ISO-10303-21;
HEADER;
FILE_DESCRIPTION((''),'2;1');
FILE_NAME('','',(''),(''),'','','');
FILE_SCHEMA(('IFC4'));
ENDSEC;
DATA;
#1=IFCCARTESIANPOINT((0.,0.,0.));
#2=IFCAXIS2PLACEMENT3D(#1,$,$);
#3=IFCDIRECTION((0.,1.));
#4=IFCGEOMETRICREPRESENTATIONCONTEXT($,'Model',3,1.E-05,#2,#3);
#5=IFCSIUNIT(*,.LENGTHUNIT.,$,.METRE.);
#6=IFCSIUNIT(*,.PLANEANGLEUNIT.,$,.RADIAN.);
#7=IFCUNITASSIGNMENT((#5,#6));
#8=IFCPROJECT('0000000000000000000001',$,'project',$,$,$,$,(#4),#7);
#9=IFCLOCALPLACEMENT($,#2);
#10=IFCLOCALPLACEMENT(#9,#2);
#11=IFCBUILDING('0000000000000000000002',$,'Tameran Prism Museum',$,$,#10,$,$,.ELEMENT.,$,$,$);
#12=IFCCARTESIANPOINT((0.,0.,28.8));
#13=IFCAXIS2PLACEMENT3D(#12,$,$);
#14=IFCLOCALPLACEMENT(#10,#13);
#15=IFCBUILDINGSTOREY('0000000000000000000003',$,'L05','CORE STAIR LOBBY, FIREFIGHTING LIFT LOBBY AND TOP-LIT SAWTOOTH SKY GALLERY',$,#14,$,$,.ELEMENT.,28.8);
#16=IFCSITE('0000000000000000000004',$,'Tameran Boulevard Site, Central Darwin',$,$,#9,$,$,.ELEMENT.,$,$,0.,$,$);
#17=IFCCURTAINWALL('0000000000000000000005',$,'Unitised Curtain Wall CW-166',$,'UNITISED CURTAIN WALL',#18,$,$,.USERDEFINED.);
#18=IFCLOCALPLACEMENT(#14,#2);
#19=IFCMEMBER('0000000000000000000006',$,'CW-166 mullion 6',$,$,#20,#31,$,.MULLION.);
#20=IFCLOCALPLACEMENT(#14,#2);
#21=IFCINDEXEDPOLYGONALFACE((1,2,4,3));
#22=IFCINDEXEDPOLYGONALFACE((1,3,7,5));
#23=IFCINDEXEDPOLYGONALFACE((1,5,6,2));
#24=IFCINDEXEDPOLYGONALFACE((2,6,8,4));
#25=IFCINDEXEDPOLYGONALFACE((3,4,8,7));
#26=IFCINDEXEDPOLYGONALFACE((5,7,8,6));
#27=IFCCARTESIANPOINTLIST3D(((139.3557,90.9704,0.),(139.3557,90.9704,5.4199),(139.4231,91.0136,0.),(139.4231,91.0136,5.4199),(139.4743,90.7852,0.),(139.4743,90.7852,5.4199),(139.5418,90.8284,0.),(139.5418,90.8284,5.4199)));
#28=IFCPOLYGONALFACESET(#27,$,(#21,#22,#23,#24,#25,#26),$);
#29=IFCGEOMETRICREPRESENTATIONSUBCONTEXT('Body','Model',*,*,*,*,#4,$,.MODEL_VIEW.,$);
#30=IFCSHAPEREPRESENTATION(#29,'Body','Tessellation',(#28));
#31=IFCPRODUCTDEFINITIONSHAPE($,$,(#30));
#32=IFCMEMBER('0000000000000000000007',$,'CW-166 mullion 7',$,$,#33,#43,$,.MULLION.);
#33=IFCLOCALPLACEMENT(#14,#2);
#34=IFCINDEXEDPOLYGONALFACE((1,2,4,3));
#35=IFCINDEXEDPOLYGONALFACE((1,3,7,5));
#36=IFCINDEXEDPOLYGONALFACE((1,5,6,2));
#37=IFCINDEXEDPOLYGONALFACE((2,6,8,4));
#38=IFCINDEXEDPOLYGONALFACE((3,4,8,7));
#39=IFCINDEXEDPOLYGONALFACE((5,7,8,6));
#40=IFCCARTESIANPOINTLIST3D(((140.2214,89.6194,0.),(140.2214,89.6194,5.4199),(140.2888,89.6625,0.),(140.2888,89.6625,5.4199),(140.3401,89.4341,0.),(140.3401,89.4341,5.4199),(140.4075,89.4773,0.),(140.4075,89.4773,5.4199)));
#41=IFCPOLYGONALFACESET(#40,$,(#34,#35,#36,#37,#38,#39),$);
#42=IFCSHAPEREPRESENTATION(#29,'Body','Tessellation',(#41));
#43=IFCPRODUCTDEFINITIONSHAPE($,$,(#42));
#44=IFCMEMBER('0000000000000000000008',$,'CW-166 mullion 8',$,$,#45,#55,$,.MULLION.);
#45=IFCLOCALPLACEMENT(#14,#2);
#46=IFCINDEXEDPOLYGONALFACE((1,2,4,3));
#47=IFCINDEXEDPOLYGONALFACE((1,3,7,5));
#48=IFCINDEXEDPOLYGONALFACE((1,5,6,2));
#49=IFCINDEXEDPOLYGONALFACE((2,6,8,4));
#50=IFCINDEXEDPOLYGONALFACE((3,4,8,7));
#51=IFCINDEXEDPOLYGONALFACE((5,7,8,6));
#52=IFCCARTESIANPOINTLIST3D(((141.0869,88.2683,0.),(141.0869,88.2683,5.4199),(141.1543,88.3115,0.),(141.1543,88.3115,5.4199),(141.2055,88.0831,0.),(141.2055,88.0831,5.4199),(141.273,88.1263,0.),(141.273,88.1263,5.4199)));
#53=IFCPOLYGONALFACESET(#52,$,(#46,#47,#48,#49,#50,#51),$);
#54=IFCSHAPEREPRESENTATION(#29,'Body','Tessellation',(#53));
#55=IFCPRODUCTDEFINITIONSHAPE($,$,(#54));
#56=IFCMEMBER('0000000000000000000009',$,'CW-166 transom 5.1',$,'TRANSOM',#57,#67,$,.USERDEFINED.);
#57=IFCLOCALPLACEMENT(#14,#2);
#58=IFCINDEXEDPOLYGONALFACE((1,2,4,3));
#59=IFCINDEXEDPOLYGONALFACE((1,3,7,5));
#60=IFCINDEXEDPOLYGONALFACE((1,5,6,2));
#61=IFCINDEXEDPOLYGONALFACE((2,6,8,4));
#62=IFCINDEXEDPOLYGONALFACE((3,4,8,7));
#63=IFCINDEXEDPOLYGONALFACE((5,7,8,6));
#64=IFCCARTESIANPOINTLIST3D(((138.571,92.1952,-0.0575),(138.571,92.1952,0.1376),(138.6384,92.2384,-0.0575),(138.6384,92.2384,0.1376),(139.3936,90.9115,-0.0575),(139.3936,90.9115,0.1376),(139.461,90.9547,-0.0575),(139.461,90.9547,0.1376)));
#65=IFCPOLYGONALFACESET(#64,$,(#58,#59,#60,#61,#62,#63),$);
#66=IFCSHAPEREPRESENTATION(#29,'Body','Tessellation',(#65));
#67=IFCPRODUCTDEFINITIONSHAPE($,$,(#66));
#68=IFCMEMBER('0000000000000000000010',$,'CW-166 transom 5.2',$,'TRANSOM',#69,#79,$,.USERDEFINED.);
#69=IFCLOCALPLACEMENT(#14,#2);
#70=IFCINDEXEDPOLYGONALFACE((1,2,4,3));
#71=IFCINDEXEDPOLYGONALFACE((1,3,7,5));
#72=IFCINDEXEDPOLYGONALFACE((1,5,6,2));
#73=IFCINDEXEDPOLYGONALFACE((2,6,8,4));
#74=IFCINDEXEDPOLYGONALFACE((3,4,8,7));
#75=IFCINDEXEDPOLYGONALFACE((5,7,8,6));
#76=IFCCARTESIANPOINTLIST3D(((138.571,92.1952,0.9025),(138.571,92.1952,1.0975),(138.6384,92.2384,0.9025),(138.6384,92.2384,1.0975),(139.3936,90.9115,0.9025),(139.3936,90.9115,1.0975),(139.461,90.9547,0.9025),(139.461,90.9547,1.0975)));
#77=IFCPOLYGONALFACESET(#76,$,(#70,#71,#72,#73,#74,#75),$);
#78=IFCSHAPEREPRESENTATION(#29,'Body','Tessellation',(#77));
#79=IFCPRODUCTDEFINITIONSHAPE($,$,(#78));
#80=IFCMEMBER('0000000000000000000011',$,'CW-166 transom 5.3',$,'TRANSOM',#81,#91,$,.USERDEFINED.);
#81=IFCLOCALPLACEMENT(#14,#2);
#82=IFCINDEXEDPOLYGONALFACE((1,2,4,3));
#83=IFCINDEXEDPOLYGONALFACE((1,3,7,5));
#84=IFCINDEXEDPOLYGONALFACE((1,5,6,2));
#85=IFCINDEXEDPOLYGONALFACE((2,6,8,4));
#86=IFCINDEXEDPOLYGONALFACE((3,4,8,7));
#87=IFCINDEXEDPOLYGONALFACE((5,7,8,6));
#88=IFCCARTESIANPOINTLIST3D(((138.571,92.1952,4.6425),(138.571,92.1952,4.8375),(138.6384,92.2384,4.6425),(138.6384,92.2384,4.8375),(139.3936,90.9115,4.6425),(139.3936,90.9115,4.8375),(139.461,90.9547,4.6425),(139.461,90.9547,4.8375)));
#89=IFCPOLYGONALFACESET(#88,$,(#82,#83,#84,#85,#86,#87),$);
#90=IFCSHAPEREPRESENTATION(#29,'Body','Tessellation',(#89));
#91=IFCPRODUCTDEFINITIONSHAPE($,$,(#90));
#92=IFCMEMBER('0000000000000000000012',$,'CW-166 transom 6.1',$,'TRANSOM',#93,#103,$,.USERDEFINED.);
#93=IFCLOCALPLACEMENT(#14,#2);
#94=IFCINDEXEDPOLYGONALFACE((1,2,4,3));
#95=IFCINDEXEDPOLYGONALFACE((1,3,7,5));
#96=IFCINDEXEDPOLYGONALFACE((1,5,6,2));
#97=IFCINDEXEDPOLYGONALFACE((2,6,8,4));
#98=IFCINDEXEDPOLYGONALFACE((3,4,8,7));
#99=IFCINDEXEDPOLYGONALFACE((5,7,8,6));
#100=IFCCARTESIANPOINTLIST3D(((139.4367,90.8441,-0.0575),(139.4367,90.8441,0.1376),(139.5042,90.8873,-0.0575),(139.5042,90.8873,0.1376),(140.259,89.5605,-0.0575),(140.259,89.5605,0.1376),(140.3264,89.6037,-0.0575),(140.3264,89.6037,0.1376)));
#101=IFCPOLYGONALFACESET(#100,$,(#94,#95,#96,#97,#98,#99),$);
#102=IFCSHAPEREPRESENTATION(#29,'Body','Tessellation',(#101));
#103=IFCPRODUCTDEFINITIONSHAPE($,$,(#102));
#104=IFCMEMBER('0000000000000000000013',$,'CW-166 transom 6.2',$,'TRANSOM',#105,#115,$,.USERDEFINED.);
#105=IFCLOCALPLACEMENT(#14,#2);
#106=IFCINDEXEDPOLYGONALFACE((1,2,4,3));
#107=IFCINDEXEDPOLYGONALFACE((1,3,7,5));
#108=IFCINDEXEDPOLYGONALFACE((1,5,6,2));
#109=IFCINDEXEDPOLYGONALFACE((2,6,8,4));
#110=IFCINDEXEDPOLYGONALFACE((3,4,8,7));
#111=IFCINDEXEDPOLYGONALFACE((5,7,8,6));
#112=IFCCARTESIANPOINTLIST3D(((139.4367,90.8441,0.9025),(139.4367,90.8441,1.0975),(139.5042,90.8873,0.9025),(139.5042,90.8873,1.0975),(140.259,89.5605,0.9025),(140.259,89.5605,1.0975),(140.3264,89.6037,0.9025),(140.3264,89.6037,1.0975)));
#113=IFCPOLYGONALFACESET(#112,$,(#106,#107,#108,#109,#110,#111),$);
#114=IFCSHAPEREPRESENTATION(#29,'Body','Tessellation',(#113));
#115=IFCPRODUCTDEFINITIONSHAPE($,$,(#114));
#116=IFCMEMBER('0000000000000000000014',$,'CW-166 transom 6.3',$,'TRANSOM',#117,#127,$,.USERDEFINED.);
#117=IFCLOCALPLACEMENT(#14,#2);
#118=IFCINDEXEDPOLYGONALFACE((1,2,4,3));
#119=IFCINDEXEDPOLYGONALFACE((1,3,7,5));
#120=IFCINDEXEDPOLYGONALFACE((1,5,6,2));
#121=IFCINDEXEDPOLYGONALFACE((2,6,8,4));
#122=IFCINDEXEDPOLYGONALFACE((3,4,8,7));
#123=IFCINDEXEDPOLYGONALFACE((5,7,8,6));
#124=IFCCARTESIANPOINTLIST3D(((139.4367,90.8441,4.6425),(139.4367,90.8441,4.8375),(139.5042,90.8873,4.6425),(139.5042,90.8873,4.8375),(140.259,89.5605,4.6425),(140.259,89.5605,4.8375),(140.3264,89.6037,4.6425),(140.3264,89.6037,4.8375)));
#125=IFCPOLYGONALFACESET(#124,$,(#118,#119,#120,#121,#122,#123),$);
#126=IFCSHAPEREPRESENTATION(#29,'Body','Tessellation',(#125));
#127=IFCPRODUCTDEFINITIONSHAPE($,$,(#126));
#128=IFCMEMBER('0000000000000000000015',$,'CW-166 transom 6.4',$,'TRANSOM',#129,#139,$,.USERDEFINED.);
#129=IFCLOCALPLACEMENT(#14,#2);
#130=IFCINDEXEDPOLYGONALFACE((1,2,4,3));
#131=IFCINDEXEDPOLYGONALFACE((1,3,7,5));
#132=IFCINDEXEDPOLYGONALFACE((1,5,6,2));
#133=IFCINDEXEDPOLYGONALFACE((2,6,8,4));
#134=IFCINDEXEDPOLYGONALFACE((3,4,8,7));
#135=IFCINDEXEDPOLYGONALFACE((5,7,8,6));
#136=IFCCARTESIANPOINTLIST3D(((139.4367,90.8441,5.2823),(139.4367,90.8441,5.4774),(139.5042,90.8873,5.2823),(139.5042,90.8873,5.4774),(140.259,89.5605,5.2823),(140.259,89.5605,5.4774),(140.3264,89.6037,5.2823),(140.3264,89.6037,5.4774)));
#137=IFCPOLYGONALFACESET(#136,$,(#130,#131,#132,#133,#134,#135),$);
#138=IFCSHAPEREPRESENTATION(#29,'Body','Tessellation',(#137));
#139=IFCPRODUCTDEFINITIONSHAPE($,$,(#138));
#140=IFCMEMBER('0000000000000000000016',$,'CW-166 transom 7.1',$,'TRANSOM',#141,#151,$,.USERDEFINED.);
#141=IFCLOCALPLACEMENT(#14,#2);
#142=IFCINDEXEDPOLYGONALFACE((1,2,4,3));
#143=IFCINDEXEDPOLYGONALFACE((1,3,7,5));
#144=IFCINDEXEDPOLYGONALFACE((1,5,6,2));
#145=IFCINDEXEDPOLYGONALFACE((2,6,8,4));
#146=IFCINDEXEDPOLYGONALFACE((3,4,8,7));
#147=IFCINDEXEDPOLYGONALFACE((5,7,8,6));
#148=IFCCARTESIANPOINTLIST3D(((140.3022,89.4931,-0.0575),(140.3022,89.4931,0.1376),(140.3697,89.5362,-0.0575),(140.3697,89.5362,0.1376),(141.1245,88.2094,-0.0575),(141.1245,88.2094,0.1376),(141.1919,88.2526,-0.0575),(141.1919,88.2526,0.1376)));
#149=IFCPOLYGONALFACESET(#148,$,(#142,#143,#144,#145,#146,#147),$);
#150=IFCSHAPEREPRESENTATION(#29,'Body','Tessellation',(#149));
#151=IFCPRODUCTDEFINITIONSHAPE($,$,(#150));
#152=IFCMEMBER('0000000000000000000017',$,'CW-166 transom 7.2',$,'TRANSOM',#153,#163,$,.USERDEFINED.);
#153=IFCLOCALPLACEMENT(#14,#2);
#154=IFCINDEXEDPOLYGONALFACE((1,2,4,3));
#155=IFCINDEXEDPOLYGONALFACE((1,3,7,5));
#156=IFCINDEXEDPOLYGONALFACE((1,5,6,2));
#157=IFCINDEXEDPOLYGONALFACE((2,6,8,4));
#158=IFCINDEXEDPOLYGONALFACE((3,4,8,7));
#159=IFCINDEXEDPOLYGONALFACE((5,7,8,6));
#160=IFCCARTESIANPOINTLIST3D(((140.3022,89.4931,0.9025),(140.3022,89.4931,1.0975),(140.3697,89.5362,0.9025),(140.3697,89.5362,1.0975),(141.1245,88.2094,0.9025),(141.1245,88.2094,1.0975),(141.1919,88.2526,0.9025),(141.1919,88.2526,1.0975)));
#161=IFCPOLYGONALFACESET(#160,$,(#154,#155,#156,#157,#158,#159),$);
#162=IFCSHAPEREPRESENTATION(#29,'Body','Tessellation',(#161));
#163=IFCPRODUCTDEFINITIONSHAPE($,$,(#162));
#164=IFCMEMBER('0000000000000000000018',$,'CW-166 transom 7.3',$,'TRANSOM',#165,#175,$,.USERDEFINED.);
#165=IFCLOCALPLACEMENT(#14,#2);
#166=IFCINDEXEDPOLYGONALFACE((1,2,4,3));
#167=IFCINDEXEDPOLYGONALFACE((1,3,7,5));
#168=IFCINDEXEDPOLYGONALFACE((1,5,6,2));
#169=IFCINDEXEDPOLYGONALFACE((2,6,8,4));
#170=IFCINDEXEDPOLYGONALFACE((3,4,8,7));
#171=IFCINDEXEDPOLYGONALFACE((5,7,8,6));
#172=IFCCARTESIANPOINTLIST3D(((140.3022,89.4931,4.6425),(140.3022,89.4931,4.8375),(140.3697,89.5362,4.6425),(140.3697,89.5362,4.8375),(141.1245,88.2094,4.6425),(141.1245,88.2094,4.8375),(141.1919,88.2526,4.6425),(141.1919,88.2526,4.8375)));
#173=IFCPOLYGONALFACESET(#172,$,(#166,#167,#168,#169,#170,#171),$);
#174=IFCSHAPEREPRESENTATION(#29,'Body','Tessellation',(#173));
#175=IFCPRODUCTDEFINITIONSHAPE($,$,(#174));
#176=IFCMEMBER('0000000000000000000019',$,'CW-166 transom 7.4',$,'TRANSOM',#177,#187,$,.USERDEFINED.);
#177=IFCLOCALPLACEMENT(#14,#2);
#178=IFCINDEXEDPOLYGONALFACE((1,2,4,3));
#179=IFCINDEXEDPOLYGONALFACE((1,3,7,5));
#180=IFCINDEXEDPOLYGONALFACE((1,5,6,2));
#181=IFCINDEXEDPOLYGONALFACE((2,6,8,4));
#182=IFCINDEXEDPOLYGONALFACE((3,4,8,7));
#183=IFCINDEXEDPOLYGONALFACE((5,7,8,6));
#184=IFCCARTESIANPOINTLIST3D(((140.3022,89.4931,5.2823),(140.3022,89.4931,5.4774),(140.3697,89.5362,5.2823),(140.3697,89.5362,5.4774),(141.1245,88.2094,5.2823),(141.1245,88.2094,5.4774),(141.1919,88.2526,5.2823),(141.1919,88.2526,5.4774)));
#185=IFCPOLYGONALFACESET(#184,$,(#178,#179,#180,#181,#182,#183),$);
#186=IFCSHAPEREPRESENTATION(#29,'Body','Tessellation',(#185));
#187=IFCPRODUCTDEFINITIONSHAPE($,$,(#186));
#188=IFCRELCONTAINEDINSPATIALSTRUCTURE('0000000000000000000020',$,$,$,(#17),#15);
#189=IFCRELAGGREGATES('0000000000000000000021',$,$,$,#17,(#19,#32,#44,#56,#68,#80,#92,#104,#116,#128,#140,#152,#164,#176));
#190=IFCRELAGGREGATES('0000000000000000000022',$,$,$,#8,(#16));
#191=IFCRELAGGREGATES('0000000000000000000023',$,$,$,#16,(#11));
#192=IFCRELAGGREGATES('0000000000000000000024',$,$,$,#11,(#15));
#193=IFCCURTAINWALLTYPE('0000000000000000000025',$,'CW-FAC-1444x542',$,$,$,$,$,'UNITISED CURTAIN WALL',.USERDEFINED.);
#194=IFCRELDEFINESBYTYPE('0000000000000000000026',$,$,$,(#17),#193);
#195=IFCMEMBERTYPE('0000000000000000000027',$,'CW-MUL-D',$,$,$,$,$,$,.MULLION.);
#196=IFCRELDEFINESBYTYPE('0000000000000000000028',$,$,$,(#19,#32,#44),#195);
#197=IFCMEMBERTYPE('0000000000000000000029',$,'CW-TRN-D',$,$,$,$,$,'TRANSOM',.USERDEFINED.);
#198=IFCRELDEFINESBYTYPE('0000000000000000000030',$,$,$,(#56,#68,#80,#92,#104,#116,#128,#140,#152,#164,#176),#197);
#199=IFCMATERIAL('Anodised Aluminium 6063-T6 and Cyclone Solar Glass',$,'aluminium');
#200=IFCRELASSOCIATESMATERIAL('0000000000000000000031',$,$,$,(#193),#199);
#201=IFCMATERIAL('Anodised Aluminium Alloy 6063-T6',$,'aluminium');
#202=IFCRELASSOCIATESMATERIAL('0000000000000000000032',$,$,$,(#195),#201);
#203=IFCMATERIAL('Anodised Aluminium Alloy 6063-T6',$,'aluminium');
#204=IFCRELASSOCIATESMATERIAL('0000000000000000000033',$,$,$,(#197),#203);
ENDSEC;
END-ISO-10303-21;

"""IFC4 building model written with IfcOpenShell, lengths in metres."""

from ifc_helpers import new_model, si_unit, direction, frame, origin, origin_2d, place, context, subcontext, project, spatial, rectangle, extrude, material, material_profile, profile_set, type_object, element, aggregate, save


model = new_model("IFC4")

# Units and contexts
model_context = context("Model", 3, precision=1e-05, world=origin(), true_north=direction((0.0, 1.0)))
body_context = subcontext(model_context, "Body", "Model", "MODEL_VIEW")
ifc_project = project(units=[si_unit("LENGTHUNIT", "METRE"), si_unit("PLANEANGLEUNIT", "RADIAN")], contexts=[model_context])

# Site, building, storey
site_placement = place(None, origin())
site = spatial("IfcSite", under=ifc_project, at=site_placement, Name="Tameran Boulevard Site, Central Darwin", CompositionType="ELEMENT", RefElevation=0.0)
building_placement = place(site_placement, origin())
building = spatial("IfcBuilding", under=site, at=building_placement, Name="Tameran Prism Museum", CompositionType="ELEMENT")
storey_placement = place(building_placement, frame((0.0, 0.0, 28.8)))
storey = spatial("IfcBuildingStorey", under=building, at=storey_placement, Name="L05", Description="CORE STAIR LOBBY, FIREFIGHTING LIFT LOBBY AND TOP-LIT SAWTOOTH SKY GALLERY", CompositionType="ELEMENT", Elevation=28.8)

# Curtain wall, members
ifc_material_1 = material(Name="Anodised Aluminium 6063-T6 and Cyclone Solar Glass", Category="aluminium")
curtain_wall_type = type_object("IfcCurtainWallType", Name="CW-FAC-1444x542", ElementType="UNITISED CURTAIN WALL", PredefinedType="USERDEFINED", material=ifc_material_1)
curtain_wall_placement = place(storey_placement, origin())
curtain_wall = element("IfcCurtainWall", 1, at=curtain_wall_placement, inside=storey, type_object=curtain_wall_type, Name="Unitised Curtain Wall CW-166", ObjectType="UNITISED CURTAIN WALL", PredefinedType="USERDEFINED")
ifc_material_2 = material(Name="Anodised Aluminium Alloy 6063-T6", Category="aluminium")
ifc_material_profile_1 = material_profile(ifc_material_2, rectangle(XDim=0.0801, YDim=0.22, at=origin_2d()))
ifc_profile_set_1 = profile_set([ifc_material_profile_1])
member_type_1 = type_object("IfcMemberType", Name="CW-MUL-D", PredefinedType="MULLION", material=ifc_profile_set_1)
member_1_placement = place(storey_placement, frame((139.4487, 90.8994, 0.0), z_axis=(0.0, 0.0, 1.0), x_axis=(0.842032, 0.539427, 0.0)))
member_1 = element("IfcMember", 2, at=member_1_placement, type_object=member_type_1, Name="CW-166 mullion 6", PredefinedType="MULLION", context=body_context, shape_type="SweptSolid", body=[
    extrude(rectangle(XDim=0.0801, YDim=0.22, at=origin_2d()), origin(), (0.0, 0.0, 1.0), 5.4199),
])
member_2_placement = place(storey_placement, frame((140.3145, 89.5483, 0.0), z_axis=(0.0, 0.0, 1.0), x_axis=(0.842032, 0.539427, 0.0)))
member_2 = element("IfcMember", 3, at=member_2_placement, type_object=member_type_1, Name="CW-166 mullion 7", PredefinedType="MULLION", context=body_context, shape_type="SweptSolid", body=[
    extrude(rectangle(XDim=0.0801, YDim=0.22, at=origin_2d()), origin(), (0.0, 0.0, 1.0), 5.4199),
])
member_3_placement = place(storey_placement, frame((141.1799, 88.1973, 0.0), z_axis=(0.0, 0.0, 1.0), x_axis=(0.842032, 0.539427, 0.0)))
member_3 = element("IfcMember", 4, at=member_3_placement, type_object=member_type_1, Name="CW-166 mullion 8", PredefinedType="MULLION", context=body_context, shape_type="SweptSolid", body=[
    extrude(rectangle(XDim=0.0801, YDim=0.22, at=origin_2d()), origin(), (0.0, 0.0, 1.0), 5.4199),
])
ifc_material_3 = material(Name="Anodised Aluminium Alloy 6063-T6", Category="aluminium")
ifc_material_profile_2 = material_profile(ifc_material_3, rectangle(XDim=0.0801, YDim=0.1951, at=origin_2d()))
ifc_profile_set_2 = profile_set([ifc_material_profile_2])
member_type_2 = type_object("IfcMemberType", Name="CW-TRN-D", ElementType="TRANSOM", PredefinedType="USERDEFINED", material=ifc_profile_set_2)
member_4_placement = place(storey_placement, frame((138.6047, 92.2168, 0.04), z_axis=(0.539494, -0.841989, 0.0), x_axis=(0.841989, 0.539494, 0.0)))
member_4 = element("IfcMember", 5, at=member_4_placement, type_object=member_type_2, Name="CW-166 transom 5.1", ObjectType="TRANSOM", PredefinedType="USERDEFINED", context=body_context, shape_type="SweptSolid", body=[
    extrude(rectangle(XDim=0.0801, YDim=0.1951, at=origin_2d()), origin(), (0.0, 0.0, 1.0), 1.5247),
])
member_5_placement = place(storey_placement, frame((138.6047, 92.2168, 1.0), z_axis=(0.539494, -0.841989, 0.0), x_axis=(0.841989, 0.539494, 0.0)))
member_5 = element("IfcMember", 6, at=member_5_placement, type_object=member_type_2, Name="CW-166 transom 5.2", ObjectType="TRANSOM", PredefinedType="USERDEFINED", context=body_context, shape_type="SweptSolid", body=[
    extrude(rectangle(XDim=0.0801, YDim=0.1951, at=origin_2d()), origin(), (0.0, 0.0, 1.0), 1.5247),
])
member_6_placement = place(storey_placement, frame((138.6047, 92.2168, 4.74), z_axis=(0.539494, -0.841989, 0.0), x_axis=(0.841989, 0.539494, 0.0)))
member_6 = element("IfcMember", 7, at=member_6_placement, type_object=member_type_2, Name="CW-166 transom 5.3", ObjectType="TRANSOM", PredefinedType="USERDEFINED", context=body_context, shape_type="SweptSolid", body=[
    extrude(rectangle(XDim=0.0801, YDim=0.1951, at=origin_2d()), origin(), (0.0, 0.0, 1.0), 1.5247),
])
member_7_placement = place(storey_placement, frame((139.4705, 90.8657, 0.04), z_axis=(0.539381, -0.842062, 0.0), x_axis=(0.842062, 0.539381, 0.0)))
member_7 = element("IfcMember", 8, at=member_7_placement, type_object=member_type_2, Name="CW-166 transom 6.1", ObjectType="TRANSOM", PredefinedType="USERDEFINED", context=body_context, shape_type="SweptSolid", body=[
    extrude(rectangle(XDim=0.0801, YDim=0.1951, at=origin_2d()), origin(), (0.0, 0.0, 1.0), 1.5244),
])
member_8_placement = place(storey_placement, frame((139.4705, 90.8657, 1.0), z_axis=(0.539381, -0.842062, 0.0), x_axis=(0.842062, 0.539381, 0.0)))
member_8 = element("IfcMember", 9, at=member_8_placement, type_object=member_type_2, Name="CW-166 transom 6.2", ObjectType="TRANSOM", PredefinedType="USERDEFINED", context=body_context, shape_type="SweptSolid", body=[
    extrude(rectangle(XDim=0.0801, YDim=0.1951, at=origin_2d()), origin(), (0.0, 0.0, 1.0), 1.5244),
])
member_9_placement = place(storey_placement, frame((139.4705, 90.8657, 4.74), z_axis=(0.539381, -0.842062, 0.0), x_axis=(0.842062, 0.539381, 0.0)))
member_9 = element("IfcMember", 10, at=member_9_placement, type_object=member_type_2, Name="CW-166 transom 6.3", ObjectType="TRANSOM", PredefinedType="USERDEFINED", context=body_context, shape_type="SweptSolid", body=[
    extrude(rectangle(XDim=0.0801, YDim=0.1951, at=origin_2d()), origin(), (0.0, 0.0, 1.0), 1.5244),
])
member_10_placement = place(storey_placement, frame((139.4705, 90.8657, 5.3799), z_axis=(0.539381, -0.842062, 0.0), x_axis=(0.842062, 0.539381, 0.0)))
member_10 = element("IfcMember", 11, at=member_10_placement, type_object=member_type_2, Name="CW-166 transom 6.4", ObjectType="TRANSOM", PredefinedType="USERDEFINED", context=body_context, shape_type="SweptSolid", body=[
    extrude(rectangle(XDim=0.0801, YDim=0.1951, at=origin_2d()), origin(), (0.0, 0.0, 1.0), 1.5244),
])
member_11_placement = place(storey_placement, frame((140.3359, 89.5146, 0.04), z_axis=(0.539381, -0.842062, 0.0), x_axis=(0.842062, 0.539381, 0.0)))
member_11 = element("IfcMember", 12, at=member_11_placement, type_object=member_type_2, Name="CW-166 transom 7.1", ObjectType="TRANSOM", PredefinedType="USERDEFINED", context=body_context, shape_type="SweptSolid", body=[
    extrude(rectangle(XDim=0.0801, YDim=0.1951, at=origin_2d()), origin(), (0.0, 0.0, 1.0), 1.5244),
])
member_12_placement = place(storey_placement, frame((140.3359, 89.5146, 1.0), z_axis=(0.539381, -0.842062, 0.0), x_axis=(0.842062, 0.539381, 0.0)))
member_12 = element("IfcMember", 13, at=member_12_placement, type_object=member_type_2, Name="CW-166 transom 7.2", ObjectType="TRANSOM", PredefinedType="USERDEFINED", context=body_context, shape_type="SweptSolid", body=[
    extrude(rectangle(XDim=0.0801, YDim=0.1951, at=origin_2d()), origin(), (0.0, 0.0, 1.0), 1.5244),
])
member_13_placement = place(storey_placement, frame((140.3359, 89.5146, 4.74), z_axis=(0.539381, -0.842062, 0.0), x_axis=(0.842062, 0.539381, 0.0)))
member_13 = element("IfcMember", 14, at=member_13_placement, type_object=member_type_2, Name="CW-166 transom 7.3", ObjectType="TRANSOM", PredefinedType="USERDEFINED", context=body_context, shape_type="SweptSolid", body=[
    extrude(rectangle(XDim=0.0801, YDim=0.1951, at=origin_2d()), origin(), (0.0, 0.0, 1.0), 1.5244),
])
member_14_placement = place(storey_placement, frame((140.3359, 89.5146, 5.3799), z_axis=(0.539381, -0.842062, 0.0), x_axis=(0.842062, 0.539381, 0.0)))
member_14 = element("IfcMember", 15, at=member_14_placement, type_object=member_type_2, Name="CW-166 transom 7.4", ObjectType="TRANSOM", PredefinedType="USERDEFINED", context=body_context, shape_type="SweptSolid", body=[
    extrude(rectangle(XDim=0.0801, YDim=0.1951, at=origin_2d()), origin(), (0.0, 0.0, 1.0), 1.5244),
])
aggregate(curtain_wall, [member_1, member_2, member_3, member_4, member_5, member_6, member_7, member_8, member_9, member_10, member_11, member_12, member_13, member_14])

save(model, "model.ifc")
